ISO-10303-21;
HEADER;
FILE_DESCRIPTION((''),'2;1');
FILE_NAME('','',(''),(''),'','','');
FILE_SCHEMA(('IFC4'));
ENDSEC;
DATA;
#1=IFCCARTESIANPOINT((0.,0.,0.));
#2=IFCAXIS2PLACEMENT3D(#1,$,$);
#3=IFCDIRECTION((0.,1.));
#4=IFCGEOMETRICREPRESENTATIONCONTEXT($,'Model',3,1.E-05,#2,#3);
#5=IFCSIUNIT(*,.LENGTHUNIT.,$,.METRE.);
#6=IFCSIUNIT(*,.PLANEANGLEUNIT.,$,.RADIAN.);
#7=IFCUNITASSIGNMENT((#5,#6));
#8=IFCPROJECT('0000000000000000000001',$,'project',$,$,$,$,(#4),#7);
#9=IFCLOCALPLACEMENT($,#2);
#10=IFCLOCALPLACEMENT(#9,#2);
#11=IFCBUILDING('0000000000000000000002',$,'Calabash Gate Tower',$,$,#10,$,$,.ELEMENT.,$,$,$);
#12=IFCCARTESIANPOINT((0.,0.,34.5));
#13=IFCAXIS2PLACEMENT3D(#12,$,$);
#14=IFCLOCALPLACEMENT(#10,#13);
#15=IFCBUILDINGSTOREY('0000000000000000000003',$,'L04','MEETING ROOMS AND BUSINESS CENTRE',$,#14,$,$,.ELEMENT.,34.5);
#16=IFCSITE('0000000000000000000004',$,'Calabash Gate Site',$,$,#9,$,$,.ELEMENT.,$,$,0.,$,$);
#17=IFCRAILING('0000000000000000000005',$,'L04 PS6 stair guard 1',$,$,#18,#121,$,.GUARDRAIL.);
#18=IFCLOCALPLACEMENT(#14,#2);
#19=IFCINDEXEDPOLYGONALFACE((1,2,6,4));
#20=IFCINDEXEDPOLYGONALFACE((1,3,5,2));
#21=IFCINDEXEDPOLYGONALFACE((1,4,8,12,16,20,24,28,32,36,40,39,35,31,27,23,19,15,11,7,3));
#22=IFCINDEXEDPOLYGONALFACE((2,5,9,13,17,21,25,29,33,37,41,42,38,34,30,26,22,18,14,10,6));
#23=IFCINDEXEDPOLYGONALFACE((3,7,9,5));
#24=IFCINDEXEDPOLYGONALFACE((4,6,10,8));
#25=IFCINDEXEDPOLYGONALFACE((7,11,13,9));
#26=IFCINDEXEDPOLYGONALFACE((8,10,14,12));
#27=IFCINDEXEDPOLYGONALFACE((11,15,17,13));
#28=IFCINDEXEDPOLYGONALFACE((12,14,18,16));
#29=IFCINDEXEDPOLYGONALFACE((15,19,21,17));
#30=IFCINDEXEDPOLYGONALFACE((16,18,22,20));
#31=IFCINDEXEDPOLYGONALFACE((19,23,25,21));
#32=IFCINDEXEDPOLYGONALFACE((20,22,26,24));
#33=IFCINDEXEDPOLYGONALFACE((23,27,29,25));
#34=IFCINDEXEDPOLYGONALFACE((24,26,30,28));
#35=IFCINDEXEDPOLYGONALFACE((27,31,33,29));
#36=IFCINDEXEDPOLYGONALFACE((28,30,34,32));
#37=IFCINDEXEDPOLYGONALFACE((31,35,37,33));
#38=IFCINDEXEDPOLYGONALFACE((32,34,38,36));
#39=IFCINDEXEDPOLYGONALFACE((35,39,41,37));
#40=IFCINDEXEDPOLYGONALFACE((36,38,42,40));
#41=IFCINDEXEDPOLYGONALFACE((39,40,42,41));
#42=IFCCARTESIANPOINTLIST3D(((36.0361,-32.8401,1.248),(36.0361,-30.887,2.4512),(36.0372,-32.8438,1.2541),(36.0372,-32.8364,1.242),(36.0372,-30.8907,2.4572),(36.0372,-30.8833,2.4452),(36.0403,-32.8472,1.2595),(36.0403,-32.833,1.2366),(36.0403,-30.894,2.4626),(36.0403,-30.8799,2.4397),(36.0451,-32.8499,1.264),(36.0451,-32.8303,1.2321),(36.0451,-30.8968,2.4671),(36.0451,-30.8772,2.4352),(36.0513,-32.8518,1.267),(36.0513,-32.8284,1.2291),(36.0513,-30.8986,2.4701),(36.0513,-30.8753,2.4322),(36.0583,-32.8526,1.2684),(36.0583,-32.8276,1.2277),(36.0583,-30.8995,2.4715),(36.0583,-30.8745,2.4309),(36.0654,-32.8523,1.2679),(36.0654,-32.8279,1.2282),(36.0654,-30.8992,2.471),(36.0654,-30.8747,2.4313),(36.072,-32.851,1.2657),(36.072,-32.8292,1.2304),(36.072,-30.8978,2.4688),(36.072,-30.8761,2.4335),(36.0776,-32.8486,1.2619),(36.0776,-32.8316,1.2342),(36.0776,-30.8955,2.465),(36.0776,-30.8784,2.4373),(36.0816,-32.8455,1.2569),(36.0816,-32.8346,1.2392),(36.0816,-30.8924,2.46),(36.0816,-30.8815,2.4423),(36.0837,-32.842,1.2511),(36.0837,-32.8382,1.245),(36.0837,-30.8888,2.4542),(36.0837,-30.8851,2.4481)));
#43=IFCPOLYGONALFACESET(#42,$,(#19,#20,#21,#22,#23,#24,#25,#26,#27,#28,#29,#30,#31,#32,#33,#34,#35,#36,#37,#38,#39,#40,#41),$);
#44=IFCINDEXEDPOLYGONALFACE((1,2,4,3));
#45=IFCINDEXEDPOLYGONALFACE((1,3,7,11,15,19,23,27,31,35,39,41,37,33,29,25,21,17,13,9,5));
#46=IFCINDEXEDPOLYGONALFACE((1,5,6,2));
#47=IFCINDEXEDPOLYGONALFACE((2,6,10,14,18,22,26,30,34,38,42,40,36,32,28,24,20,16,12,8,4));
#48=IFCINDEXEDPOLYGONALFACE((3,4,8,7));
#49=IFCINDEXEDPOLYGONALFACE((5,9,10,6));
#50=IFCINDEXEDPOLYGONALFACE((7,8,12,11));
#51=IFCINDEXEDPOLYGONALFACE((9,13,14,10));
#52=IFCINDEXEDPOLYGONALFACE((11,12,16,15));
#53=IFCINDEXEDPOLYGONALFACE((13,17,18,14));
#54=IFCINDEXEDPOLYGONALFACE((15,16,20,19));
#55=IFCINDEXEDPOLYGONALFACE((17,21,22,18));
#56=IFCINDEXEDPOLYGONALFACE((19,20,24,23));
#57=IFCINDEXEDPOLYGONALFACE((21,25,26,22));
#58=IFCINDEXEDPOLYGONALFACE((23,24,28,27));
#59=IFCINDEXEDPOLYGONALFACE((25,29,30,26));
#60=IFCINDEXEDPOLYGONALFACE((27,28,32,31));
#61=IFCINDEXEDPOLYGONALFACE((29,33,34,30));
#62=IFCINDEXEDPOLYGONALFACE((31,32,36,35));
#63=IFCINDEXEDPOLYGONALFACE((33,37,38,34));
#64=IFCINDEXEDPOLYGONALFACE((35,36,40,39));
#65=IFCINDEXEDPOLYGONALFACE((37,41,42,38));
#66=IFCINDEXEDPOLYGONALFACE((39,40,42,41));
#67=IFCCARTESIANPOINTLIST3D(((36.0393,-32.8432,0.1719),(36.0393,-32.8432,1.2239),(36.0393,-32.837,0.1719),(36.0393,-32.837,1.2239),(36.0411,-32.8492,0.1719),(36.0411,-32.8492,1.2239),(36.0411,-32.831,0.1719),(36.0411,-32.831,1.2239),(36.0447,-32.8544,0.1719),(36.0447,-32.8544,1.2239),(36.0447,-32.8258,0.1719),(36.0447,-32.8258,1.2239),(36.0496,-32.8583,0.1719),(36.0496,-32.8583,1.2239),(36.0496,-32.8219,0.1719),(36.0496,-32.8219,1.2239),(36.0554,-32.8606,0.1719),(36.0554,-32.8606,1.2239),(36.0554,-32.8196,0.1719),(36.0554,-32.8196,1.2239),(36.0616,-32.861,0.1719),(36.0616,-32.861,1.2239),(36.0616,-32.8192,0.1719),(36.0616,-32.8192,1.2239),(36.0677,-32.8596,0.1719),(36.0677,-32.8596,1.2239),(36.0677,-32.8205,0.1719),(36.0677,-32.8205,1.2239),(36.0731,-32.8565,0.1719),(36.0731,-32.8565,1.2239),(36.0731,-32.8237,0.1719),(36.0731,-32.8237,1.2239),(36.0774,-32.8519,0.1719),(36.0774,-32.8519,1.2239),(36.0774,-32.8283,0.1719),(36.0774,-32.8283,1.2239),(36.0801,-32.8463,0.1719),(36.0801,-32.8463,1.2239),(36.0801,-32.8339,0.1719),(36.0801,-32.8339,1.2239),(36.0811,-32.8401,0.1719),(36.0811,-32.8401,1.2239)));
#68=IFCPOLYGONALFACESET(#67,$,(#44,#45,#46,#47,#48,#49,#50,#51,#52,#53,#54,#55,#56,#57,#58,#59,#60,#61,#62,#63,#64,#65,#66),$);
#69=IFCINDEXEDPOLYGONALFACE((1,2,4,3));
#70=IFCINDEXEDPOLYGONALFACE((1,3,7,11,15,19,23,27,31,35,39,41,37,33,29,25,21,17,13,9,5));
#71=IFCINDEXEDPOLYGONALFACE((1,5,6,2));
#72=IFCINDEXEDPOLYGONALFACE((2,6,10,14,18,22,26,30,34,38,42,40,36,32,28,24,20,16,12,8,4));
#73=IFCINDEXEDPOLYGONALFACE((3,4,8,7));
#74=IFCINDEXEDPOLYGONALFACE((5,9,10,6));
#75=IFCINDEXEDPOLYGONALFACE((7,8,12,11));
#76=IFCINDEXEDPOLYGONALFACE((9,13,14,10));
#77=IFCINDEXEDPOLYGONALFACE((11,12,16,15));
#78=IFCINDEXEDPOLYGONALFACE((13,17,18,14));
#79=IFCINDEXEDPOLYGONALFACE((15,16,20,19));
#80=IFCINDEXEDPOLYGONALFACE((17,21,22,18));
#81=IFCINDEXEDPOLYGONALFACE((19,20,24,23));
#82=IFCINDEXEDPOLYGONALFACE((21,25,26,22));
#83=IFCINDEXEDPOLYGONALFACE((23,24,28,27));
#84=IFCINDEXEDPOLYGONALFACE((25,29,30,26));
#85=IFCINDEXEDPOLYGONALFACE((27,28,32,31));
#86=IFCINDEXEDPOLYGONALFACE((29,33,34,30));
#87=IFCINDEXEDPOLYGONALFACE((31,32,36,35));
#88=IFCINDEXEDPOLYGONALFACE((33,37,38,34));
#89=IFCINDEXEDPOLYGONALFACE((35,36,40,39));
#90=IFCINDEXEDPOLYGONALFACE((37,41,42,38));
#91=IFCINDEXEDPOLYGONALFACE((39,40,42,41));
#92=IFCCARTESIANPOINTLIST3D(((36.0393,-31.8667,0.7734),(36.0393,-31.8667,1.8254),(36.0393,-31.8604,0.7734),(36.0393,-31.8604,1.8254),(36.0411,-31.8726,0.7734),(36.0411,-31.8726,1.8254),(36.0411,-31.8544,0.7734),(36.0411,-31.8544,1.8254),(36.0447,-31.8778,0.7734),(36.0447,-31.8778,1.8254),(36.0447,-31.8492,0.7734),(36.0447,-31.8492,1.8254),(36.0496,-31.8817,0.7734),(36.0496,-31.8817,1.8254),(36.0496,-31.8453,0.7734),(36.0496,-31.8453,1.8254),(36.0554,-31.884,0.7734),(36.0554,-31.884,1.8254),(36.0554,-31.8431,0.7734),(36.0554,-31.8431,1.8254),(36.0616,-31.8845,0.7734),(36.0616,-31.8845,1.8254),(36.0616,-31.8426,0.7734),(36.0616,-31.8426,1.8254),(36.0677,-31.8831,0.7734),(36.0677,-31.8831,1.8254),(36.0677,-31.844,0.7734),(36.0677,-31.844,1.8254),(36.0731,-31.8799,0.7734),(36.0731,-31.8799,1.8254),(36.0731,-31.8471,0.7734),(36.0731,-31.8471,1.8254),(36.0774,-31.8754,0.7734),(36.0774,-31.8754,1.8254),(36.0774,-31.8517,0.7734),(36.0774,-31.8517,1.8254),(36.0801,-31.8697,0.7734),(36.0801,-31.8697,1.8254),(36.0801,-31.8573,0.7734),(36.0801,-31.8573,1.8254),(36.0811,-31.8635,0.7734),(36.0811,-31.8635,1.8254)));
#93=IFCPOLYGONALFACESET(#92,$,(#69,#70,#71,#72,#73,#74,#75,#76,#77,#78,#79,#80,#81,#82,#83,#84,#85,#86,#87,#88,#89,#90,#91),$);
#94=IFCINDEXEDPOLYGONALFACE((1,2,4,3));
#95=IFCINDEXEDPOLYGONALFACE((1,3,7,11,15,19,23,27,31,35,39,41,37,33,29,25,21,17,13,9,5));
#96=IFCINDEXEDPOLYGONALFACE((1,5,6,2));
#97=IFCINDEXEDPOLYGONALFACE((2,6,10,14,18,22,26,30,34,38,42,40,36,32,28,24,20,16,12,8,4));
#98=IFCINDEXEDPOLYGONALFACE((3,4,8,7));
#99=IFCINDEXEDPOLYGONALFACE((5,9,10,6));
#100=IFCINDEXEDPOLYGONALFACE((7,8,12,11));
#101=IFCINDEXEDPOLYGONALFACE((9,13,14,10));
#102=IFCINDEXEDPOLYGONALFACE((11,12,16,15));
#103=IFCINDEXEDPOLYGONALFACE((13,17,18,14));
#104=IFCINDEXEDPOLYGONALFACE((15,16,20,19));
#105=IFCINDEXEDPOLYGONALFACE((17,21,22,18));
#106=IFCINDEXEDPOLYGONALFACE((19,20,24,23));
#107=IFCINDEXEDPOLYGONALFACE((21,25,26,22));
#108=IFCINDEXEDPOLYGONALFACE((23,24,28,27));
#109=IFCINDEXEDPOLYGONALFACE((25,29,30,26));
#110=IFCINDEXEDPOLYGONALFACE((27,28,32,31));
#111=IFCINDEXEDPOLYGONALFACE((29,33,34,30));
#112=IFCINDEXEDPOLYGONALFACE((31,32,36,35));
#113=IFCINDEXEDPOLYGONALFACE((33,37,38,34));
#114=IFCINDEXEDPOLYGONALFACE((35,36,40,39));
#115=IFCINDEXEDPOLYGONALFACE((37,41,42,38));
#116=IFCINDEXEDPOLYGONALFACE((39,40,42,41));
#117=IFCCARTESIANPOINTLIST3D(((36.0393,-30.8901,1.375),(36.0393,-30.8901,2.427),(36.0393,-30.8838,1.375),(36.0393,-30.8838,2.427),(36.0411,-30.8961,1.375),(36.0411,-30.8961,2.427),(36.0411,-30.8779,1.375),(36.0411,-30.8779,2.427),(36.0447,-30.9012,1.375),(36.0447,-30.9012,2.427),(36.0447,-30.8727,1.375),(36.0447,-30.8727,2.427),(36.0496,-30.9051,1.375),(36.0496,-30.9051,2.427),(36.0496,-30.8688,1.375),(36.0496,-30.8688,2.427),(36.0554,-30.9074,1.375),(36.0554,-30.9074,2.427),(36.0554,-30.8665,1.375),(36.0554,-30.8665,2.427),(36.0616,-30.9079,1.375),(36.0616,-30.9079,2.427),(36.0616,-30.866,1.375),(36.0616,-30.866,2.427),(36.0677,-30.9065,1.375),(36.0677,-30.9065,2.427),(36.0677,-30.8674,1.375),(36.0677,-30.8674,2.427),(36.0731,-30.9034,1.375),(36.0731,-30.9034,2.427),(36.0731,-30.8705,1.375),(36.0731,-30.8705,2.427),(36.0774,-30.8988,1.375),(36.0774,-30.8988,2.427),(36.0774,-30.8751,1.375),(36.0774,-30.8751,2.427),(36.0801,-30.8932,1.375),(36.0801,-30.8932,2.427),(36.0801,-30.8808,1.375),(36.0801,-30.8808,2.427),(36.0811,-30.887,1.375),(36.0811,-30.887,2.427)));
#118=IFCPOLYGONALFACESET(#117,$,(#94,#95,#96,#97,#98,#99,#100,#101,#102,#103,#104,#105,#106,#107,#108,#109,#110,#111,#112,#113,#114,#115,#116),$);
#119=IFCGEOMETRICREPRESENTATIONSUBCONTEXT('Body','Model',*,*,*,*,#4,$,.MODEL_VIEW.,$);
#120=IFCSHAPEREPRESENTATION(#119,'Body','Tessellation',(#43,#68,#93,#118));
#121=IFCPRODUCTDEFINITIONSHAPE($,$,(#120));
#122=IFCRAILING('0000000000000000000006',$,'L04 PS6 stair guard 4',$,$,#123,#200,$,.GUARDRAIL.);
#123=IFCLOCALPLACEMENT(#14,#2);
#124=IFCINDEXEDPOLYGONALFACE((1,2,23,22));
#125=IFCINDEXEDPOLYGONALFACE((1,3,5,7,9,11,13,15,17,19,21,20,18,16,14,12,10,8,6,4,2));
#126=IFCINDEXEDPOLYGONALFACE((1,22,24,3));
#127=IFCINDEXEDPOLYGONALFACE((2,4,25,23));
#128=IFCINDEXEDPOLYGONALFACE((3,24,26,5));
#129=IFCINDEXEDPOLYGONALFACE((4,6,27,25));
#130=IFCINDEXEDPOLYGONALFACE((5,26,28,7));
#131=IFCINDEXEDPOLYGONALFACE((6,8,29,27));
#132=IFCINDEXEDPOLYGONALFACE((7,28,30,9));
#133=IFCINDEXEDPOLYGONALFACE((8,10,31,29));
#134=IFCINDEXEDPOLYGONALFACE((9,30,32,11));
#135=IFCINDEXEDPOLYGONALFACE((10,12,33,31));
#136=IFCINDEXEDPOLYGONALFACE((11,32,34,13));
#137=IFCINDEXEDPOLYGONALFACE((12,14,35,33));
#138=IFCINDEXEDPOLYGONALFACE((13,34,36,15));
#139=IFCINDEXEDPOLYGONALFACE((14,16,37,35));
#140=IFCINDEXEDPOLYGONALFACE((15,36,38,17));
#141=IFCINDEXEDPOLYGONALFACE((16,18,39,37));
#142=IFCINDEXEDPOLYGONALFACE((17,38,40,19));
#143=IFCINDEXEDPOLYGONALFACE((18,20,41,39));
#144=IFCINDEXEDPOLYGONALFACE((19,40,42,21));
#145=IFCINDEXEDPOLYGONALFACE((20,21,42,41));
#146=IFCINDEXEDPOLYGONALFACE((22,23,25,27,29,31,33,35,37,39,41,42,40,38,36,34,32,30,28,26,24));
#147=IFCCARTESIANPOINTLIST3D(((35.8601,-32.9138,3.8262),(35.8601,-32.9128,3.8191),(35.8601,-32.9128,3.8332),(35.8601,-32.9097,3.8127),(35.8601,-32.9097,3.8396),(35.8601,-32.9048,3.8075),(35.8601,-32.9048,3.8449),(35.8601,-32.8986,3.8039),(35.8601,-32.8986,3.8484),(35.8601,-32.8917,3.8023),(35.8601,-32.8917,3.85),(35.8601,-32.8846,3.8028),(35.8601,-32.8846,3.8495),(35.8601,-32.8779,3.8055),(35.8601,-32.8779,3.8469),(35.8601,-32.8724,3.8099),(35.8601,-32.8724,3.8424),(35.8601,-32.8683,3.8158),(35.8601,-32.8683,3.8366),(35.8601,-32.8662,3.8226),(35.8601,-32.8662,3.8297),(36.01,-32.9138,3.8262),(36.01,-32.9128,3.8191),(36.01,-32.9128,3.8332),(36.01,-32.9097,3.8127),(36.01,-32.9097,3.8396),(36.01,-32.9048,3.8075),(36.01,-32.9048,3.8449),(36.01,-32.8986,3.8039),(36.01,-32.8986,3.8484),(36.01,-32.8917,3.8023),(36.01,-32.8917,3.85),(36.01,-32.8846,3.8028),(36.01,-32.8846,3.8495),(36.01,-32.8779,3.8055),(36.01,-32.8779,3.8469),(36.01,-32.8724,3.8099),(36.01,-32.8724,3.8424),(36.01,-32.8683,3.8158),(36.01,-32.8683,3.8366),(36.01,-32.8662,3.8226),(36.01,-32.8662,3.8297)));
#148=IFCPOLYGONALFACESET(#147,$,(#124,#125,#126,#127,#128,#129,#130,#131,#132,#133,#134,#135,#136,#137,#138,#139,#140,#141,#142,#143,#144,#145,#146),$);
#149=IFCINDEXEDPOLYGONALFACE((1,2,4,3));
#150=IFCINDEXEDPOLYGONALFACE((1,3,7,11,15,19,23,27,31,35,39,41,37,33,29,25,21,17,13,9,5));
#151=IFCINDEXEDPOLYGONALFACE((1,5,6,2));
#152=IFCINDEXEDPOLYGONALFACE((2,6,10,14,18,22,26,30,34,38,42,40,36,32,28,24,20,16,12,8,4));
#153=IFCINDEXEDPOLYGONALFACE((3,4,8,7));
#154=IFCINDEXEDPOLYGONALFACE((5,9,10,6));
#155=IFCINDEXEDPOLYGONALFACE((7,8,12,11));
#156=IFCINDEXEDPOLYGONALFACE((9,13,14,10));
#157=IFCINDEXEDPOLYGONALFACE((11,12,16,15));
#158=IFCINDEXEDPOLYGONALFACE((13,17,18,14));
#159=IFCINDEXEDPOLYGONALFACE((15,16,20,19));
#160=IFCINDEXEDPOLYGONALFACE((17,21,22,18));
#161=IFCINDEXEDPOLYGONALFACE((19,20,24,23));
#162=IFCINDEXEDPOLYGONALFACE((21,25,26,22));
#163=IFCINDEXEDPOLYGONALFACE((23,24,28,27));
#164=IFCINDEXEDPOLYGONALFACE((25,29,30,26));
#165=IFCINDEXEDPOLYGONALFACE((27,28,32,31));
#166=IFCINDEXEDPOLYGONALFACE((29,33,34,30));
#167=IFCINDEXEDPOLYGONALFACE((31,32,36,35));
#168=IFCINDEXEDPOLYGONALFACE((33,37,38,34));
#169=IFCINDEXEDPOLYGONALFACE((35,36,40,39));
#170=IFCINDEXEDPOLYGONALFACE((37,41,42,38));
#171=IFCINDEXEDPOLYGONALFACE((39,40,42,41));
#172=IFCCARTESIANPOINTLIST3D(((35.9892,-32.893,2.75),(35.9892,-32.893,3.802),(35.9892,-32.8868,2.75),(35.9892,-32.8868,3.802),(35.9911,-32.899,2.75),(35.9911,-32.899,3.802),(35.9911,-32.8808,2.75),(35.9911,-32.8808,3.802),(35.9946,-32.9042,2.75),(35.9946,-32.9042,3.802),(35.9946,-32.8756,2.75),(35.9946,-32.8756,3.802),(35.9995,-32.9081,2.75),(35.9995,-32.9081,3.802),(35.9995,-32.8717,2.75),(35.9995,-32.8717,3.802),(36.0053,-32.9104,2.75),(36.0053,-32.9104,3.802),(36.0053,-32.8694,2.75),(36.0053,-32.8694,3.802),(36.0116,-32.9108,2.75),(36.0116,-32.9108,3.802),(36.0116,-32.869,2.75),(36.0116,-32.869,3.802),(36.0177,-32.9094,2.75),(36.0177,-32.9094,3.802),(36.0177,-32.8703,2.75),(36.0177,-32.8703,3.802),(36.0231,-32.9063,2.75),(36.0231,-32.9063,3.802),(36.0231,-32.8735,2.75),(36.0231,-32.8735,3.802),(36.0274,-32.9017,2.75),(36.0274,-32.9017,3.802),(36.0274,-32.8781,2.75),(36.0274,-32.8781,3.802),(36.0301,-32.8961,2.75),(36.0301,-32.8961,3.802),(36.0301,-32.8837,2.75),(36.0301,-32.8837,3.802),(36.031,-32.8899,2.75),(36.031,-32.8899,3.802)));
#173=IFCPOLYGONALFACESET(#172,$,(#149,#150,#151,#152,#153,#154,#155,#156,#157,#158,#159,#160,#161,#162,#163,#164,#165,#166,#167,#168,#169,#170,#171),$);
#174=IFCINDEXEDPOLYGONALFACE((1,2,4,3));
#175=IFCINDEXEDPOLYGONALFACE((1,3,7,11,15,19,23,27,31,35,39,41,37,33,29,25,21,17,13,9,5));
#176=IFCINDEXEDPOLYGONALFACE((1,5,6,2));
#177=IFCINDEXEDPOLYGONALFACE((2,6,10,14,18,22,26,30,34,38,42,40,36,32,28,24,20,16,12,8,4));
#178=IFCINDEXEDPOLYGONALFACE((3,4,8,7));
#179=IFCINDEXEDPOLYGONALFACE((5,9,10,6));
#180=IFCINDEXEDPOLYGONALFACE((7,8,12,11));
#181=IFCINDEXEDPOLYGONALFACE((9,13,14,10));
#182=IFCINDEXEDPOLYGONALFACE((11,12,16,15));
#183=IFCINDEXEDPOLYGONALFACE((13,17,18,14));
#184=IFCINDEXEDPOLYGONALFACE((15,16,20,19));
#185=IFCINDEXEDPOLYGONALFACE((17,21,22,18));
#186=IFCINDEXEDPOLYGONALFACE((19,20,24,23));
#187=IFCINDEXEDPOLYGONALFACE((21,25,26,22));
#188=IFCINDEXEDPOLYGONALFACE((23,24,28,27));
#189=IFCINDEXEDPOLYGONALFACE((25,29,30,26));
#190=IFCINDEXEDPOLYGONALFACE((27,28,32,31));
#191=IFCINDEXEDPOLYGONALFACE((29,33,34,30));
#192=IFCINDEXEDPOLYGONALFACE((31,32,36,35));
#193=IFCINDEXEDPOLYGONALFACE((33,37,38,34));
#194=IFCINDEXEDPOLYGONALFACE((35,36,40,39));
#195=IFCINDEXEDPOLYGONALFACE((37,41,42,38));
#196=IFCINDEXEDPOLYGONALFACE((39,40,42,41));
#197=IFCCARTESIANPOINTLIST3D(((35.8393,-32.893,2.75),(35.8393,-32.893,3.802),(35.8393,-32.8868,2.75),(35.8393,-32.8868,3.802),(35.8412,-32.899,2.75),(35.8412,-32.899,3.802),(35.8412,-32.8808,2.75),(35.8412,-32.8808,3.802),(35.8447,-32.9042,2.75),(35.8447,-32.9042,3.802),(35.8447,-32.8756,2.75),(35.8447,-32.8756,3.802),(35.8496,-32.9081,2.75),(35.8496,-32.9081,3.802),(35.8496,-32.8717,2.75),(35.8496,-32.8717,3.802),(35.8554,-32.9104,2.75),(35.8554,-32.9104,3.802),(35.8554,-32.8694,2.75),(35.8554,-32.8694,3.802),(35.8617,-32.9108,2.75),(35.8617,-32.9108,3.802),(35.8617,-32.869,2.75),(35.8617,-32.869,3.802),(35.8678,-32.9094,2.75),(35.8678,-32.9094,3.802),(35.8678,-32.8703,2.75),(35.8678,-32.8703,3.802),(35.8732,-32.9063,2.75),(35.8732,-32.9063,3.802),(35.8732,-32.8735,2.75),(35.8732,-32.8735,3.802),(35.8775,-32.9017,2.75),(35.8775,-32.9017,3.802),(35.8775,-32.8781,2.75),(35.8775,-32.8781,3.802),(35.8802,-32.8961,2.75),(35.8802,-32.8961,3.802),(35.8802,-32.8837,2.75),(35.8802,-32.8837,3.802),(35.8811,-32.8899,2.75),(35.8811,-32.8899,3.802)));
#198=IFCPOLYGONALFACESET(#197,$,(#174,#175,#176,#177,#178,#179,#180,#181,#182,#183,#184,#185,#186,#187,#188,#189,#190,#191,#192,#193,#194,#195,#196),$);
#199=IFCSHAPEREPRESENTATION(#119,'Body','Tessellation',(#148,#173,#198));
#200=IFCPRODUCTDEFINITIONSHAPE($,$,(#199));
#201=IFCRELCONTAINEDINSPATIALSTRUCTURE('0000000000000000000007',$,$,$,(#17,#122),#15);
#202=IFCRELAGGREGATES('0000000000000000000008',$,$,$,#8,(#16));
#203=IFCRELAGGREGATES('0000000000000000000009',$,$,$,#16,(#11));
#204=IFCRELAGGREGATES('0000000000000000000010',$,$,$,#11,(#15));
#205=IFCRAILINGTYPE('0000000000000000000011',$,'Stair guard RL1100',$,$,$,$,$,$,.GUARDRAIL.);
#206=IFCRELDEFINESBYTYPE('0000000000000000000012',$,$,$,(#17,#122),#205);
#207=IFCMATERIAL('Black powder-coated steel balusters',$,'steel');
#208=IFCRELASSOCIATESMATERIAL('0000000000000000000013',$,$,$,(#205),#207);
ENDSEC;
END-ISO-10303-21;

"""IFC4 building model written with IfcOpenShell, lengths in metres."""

from ifc_helpers import new_model, si_unit, direction, frame, origin, origin_2d, place, context, subcontext, project, spatial, circle, extrude, material, type_object, element, save


model = new_model("IFC4")

# Units and contexts
model_context = context("Model", 3, precision=1e-05, world=origin(), true_north=direction((0.0, 1.0)))
body_context = subcontext(model_context, "Body", "Model", "MODEL_VIEW")
ifc_project = project(units=[si_unit("LENGTHUNIT", "METRE"), si_unit("PLANEANGLEUNIT", "RADIAN")], contexts=[model_context])

# Site, building, storey
site_placement = place(None, origin())
site = spatial("IfcSite", under=ifc_project, at=site_placement, Name="Calabash Gate Site", CompositionType="ELEMENT", RefElevation=0.0)
building_placement = place(site_placement, origin())
building = spatial("IfcBuilding", under=site, at=building_placement, Name="Calabash Gate Tower", CompositionType="ELEMENT")
storey_placement = place(building_placement, frame((0.0, 0.0, 34.5)))
storey = spatial("IfcBuildingStorey", under=building, at=storey_placement, Name="L04", Description="MEETING ROOMS AND BUSINESS CENTRE", CompositionType="ELEMENT", Elevation=34.5)

# Railings
ifc_material_1 = material(Name="Black powder-coated steel balusters", Category="steel")
railing_type_1 = type_object("IfcRailingType", Name="Stair guard RL1100", PredefinedType="GUARDRAIL", material=ifc_material_1)
railing_1_placement = place(storey_placement, frame((36.0601, -32.8401, 0.1719)))
element("IfcRailing", 1, at=railing_1_placement, inside=storey, type_object=railing_type_1, Name="L04 PS6 stair guard 1", PredefinedType="GUARDRAIL", context=body_context, shape_type="SweptSolid", body=[
    extrude(circle(Radius=0.0239, at=origin_2d()), frame((0.0, 0.0, 1.0762), z_axis=(0.0, 0.851424, 0.524477), x_axis=(-1.0, 0.0, 0.0)), (0.0, 0.0, 1.0), 2.2939),
    extrude(circle(Radius=0.021, at=origin_2d()), origin(), (0.0, 0.0, 1.0), 1.052),
    extrude(circle(Radius=0.021, at=origin_2d()), frame((0.0, 0.9766, 0.6016)), (0.0, 0.0, 1.0), 1.052),
    extrude(circle(Radius=0.021, at=origin_2d()), frame((0.0, 1.9531, 1.2031)), (0.0, 0.0, 1.0), 1.052),
])
railing_2_placement = place(storey_placement, frame((36.01, -32.8899, 2.75)))
element("IfcRailing", 2, at=railing_2_placement, inside=storey, type_object=railing_type_1, Name="L04 PS6 stair guard 4", PredefinedType="GUARDRAIL", context=body_context, shape_type="SweptSolid", body=[
    extrude(circle(Radius=0.0239, at=origin_2d()), frame((0.0, 0.0, 1.0762), z_axis=(-1.0, 0.0, 0.0), x_axis=(0.0, -1.0, 0.0)), (0.0, 0.0, 1.0), 0.1499),
    extrude(circle(Radius=0.021, at=origin_2d()), origin(), (0.0, 0.0, 1.0), 1.052),
    extrude(circle(Radius=0.021, at=origin_2d()), frame((-0.1499, 0.0, 0.0)), (0.0, 0.0, 1.0), 1.052),
])

save(model, "model.ifc")
